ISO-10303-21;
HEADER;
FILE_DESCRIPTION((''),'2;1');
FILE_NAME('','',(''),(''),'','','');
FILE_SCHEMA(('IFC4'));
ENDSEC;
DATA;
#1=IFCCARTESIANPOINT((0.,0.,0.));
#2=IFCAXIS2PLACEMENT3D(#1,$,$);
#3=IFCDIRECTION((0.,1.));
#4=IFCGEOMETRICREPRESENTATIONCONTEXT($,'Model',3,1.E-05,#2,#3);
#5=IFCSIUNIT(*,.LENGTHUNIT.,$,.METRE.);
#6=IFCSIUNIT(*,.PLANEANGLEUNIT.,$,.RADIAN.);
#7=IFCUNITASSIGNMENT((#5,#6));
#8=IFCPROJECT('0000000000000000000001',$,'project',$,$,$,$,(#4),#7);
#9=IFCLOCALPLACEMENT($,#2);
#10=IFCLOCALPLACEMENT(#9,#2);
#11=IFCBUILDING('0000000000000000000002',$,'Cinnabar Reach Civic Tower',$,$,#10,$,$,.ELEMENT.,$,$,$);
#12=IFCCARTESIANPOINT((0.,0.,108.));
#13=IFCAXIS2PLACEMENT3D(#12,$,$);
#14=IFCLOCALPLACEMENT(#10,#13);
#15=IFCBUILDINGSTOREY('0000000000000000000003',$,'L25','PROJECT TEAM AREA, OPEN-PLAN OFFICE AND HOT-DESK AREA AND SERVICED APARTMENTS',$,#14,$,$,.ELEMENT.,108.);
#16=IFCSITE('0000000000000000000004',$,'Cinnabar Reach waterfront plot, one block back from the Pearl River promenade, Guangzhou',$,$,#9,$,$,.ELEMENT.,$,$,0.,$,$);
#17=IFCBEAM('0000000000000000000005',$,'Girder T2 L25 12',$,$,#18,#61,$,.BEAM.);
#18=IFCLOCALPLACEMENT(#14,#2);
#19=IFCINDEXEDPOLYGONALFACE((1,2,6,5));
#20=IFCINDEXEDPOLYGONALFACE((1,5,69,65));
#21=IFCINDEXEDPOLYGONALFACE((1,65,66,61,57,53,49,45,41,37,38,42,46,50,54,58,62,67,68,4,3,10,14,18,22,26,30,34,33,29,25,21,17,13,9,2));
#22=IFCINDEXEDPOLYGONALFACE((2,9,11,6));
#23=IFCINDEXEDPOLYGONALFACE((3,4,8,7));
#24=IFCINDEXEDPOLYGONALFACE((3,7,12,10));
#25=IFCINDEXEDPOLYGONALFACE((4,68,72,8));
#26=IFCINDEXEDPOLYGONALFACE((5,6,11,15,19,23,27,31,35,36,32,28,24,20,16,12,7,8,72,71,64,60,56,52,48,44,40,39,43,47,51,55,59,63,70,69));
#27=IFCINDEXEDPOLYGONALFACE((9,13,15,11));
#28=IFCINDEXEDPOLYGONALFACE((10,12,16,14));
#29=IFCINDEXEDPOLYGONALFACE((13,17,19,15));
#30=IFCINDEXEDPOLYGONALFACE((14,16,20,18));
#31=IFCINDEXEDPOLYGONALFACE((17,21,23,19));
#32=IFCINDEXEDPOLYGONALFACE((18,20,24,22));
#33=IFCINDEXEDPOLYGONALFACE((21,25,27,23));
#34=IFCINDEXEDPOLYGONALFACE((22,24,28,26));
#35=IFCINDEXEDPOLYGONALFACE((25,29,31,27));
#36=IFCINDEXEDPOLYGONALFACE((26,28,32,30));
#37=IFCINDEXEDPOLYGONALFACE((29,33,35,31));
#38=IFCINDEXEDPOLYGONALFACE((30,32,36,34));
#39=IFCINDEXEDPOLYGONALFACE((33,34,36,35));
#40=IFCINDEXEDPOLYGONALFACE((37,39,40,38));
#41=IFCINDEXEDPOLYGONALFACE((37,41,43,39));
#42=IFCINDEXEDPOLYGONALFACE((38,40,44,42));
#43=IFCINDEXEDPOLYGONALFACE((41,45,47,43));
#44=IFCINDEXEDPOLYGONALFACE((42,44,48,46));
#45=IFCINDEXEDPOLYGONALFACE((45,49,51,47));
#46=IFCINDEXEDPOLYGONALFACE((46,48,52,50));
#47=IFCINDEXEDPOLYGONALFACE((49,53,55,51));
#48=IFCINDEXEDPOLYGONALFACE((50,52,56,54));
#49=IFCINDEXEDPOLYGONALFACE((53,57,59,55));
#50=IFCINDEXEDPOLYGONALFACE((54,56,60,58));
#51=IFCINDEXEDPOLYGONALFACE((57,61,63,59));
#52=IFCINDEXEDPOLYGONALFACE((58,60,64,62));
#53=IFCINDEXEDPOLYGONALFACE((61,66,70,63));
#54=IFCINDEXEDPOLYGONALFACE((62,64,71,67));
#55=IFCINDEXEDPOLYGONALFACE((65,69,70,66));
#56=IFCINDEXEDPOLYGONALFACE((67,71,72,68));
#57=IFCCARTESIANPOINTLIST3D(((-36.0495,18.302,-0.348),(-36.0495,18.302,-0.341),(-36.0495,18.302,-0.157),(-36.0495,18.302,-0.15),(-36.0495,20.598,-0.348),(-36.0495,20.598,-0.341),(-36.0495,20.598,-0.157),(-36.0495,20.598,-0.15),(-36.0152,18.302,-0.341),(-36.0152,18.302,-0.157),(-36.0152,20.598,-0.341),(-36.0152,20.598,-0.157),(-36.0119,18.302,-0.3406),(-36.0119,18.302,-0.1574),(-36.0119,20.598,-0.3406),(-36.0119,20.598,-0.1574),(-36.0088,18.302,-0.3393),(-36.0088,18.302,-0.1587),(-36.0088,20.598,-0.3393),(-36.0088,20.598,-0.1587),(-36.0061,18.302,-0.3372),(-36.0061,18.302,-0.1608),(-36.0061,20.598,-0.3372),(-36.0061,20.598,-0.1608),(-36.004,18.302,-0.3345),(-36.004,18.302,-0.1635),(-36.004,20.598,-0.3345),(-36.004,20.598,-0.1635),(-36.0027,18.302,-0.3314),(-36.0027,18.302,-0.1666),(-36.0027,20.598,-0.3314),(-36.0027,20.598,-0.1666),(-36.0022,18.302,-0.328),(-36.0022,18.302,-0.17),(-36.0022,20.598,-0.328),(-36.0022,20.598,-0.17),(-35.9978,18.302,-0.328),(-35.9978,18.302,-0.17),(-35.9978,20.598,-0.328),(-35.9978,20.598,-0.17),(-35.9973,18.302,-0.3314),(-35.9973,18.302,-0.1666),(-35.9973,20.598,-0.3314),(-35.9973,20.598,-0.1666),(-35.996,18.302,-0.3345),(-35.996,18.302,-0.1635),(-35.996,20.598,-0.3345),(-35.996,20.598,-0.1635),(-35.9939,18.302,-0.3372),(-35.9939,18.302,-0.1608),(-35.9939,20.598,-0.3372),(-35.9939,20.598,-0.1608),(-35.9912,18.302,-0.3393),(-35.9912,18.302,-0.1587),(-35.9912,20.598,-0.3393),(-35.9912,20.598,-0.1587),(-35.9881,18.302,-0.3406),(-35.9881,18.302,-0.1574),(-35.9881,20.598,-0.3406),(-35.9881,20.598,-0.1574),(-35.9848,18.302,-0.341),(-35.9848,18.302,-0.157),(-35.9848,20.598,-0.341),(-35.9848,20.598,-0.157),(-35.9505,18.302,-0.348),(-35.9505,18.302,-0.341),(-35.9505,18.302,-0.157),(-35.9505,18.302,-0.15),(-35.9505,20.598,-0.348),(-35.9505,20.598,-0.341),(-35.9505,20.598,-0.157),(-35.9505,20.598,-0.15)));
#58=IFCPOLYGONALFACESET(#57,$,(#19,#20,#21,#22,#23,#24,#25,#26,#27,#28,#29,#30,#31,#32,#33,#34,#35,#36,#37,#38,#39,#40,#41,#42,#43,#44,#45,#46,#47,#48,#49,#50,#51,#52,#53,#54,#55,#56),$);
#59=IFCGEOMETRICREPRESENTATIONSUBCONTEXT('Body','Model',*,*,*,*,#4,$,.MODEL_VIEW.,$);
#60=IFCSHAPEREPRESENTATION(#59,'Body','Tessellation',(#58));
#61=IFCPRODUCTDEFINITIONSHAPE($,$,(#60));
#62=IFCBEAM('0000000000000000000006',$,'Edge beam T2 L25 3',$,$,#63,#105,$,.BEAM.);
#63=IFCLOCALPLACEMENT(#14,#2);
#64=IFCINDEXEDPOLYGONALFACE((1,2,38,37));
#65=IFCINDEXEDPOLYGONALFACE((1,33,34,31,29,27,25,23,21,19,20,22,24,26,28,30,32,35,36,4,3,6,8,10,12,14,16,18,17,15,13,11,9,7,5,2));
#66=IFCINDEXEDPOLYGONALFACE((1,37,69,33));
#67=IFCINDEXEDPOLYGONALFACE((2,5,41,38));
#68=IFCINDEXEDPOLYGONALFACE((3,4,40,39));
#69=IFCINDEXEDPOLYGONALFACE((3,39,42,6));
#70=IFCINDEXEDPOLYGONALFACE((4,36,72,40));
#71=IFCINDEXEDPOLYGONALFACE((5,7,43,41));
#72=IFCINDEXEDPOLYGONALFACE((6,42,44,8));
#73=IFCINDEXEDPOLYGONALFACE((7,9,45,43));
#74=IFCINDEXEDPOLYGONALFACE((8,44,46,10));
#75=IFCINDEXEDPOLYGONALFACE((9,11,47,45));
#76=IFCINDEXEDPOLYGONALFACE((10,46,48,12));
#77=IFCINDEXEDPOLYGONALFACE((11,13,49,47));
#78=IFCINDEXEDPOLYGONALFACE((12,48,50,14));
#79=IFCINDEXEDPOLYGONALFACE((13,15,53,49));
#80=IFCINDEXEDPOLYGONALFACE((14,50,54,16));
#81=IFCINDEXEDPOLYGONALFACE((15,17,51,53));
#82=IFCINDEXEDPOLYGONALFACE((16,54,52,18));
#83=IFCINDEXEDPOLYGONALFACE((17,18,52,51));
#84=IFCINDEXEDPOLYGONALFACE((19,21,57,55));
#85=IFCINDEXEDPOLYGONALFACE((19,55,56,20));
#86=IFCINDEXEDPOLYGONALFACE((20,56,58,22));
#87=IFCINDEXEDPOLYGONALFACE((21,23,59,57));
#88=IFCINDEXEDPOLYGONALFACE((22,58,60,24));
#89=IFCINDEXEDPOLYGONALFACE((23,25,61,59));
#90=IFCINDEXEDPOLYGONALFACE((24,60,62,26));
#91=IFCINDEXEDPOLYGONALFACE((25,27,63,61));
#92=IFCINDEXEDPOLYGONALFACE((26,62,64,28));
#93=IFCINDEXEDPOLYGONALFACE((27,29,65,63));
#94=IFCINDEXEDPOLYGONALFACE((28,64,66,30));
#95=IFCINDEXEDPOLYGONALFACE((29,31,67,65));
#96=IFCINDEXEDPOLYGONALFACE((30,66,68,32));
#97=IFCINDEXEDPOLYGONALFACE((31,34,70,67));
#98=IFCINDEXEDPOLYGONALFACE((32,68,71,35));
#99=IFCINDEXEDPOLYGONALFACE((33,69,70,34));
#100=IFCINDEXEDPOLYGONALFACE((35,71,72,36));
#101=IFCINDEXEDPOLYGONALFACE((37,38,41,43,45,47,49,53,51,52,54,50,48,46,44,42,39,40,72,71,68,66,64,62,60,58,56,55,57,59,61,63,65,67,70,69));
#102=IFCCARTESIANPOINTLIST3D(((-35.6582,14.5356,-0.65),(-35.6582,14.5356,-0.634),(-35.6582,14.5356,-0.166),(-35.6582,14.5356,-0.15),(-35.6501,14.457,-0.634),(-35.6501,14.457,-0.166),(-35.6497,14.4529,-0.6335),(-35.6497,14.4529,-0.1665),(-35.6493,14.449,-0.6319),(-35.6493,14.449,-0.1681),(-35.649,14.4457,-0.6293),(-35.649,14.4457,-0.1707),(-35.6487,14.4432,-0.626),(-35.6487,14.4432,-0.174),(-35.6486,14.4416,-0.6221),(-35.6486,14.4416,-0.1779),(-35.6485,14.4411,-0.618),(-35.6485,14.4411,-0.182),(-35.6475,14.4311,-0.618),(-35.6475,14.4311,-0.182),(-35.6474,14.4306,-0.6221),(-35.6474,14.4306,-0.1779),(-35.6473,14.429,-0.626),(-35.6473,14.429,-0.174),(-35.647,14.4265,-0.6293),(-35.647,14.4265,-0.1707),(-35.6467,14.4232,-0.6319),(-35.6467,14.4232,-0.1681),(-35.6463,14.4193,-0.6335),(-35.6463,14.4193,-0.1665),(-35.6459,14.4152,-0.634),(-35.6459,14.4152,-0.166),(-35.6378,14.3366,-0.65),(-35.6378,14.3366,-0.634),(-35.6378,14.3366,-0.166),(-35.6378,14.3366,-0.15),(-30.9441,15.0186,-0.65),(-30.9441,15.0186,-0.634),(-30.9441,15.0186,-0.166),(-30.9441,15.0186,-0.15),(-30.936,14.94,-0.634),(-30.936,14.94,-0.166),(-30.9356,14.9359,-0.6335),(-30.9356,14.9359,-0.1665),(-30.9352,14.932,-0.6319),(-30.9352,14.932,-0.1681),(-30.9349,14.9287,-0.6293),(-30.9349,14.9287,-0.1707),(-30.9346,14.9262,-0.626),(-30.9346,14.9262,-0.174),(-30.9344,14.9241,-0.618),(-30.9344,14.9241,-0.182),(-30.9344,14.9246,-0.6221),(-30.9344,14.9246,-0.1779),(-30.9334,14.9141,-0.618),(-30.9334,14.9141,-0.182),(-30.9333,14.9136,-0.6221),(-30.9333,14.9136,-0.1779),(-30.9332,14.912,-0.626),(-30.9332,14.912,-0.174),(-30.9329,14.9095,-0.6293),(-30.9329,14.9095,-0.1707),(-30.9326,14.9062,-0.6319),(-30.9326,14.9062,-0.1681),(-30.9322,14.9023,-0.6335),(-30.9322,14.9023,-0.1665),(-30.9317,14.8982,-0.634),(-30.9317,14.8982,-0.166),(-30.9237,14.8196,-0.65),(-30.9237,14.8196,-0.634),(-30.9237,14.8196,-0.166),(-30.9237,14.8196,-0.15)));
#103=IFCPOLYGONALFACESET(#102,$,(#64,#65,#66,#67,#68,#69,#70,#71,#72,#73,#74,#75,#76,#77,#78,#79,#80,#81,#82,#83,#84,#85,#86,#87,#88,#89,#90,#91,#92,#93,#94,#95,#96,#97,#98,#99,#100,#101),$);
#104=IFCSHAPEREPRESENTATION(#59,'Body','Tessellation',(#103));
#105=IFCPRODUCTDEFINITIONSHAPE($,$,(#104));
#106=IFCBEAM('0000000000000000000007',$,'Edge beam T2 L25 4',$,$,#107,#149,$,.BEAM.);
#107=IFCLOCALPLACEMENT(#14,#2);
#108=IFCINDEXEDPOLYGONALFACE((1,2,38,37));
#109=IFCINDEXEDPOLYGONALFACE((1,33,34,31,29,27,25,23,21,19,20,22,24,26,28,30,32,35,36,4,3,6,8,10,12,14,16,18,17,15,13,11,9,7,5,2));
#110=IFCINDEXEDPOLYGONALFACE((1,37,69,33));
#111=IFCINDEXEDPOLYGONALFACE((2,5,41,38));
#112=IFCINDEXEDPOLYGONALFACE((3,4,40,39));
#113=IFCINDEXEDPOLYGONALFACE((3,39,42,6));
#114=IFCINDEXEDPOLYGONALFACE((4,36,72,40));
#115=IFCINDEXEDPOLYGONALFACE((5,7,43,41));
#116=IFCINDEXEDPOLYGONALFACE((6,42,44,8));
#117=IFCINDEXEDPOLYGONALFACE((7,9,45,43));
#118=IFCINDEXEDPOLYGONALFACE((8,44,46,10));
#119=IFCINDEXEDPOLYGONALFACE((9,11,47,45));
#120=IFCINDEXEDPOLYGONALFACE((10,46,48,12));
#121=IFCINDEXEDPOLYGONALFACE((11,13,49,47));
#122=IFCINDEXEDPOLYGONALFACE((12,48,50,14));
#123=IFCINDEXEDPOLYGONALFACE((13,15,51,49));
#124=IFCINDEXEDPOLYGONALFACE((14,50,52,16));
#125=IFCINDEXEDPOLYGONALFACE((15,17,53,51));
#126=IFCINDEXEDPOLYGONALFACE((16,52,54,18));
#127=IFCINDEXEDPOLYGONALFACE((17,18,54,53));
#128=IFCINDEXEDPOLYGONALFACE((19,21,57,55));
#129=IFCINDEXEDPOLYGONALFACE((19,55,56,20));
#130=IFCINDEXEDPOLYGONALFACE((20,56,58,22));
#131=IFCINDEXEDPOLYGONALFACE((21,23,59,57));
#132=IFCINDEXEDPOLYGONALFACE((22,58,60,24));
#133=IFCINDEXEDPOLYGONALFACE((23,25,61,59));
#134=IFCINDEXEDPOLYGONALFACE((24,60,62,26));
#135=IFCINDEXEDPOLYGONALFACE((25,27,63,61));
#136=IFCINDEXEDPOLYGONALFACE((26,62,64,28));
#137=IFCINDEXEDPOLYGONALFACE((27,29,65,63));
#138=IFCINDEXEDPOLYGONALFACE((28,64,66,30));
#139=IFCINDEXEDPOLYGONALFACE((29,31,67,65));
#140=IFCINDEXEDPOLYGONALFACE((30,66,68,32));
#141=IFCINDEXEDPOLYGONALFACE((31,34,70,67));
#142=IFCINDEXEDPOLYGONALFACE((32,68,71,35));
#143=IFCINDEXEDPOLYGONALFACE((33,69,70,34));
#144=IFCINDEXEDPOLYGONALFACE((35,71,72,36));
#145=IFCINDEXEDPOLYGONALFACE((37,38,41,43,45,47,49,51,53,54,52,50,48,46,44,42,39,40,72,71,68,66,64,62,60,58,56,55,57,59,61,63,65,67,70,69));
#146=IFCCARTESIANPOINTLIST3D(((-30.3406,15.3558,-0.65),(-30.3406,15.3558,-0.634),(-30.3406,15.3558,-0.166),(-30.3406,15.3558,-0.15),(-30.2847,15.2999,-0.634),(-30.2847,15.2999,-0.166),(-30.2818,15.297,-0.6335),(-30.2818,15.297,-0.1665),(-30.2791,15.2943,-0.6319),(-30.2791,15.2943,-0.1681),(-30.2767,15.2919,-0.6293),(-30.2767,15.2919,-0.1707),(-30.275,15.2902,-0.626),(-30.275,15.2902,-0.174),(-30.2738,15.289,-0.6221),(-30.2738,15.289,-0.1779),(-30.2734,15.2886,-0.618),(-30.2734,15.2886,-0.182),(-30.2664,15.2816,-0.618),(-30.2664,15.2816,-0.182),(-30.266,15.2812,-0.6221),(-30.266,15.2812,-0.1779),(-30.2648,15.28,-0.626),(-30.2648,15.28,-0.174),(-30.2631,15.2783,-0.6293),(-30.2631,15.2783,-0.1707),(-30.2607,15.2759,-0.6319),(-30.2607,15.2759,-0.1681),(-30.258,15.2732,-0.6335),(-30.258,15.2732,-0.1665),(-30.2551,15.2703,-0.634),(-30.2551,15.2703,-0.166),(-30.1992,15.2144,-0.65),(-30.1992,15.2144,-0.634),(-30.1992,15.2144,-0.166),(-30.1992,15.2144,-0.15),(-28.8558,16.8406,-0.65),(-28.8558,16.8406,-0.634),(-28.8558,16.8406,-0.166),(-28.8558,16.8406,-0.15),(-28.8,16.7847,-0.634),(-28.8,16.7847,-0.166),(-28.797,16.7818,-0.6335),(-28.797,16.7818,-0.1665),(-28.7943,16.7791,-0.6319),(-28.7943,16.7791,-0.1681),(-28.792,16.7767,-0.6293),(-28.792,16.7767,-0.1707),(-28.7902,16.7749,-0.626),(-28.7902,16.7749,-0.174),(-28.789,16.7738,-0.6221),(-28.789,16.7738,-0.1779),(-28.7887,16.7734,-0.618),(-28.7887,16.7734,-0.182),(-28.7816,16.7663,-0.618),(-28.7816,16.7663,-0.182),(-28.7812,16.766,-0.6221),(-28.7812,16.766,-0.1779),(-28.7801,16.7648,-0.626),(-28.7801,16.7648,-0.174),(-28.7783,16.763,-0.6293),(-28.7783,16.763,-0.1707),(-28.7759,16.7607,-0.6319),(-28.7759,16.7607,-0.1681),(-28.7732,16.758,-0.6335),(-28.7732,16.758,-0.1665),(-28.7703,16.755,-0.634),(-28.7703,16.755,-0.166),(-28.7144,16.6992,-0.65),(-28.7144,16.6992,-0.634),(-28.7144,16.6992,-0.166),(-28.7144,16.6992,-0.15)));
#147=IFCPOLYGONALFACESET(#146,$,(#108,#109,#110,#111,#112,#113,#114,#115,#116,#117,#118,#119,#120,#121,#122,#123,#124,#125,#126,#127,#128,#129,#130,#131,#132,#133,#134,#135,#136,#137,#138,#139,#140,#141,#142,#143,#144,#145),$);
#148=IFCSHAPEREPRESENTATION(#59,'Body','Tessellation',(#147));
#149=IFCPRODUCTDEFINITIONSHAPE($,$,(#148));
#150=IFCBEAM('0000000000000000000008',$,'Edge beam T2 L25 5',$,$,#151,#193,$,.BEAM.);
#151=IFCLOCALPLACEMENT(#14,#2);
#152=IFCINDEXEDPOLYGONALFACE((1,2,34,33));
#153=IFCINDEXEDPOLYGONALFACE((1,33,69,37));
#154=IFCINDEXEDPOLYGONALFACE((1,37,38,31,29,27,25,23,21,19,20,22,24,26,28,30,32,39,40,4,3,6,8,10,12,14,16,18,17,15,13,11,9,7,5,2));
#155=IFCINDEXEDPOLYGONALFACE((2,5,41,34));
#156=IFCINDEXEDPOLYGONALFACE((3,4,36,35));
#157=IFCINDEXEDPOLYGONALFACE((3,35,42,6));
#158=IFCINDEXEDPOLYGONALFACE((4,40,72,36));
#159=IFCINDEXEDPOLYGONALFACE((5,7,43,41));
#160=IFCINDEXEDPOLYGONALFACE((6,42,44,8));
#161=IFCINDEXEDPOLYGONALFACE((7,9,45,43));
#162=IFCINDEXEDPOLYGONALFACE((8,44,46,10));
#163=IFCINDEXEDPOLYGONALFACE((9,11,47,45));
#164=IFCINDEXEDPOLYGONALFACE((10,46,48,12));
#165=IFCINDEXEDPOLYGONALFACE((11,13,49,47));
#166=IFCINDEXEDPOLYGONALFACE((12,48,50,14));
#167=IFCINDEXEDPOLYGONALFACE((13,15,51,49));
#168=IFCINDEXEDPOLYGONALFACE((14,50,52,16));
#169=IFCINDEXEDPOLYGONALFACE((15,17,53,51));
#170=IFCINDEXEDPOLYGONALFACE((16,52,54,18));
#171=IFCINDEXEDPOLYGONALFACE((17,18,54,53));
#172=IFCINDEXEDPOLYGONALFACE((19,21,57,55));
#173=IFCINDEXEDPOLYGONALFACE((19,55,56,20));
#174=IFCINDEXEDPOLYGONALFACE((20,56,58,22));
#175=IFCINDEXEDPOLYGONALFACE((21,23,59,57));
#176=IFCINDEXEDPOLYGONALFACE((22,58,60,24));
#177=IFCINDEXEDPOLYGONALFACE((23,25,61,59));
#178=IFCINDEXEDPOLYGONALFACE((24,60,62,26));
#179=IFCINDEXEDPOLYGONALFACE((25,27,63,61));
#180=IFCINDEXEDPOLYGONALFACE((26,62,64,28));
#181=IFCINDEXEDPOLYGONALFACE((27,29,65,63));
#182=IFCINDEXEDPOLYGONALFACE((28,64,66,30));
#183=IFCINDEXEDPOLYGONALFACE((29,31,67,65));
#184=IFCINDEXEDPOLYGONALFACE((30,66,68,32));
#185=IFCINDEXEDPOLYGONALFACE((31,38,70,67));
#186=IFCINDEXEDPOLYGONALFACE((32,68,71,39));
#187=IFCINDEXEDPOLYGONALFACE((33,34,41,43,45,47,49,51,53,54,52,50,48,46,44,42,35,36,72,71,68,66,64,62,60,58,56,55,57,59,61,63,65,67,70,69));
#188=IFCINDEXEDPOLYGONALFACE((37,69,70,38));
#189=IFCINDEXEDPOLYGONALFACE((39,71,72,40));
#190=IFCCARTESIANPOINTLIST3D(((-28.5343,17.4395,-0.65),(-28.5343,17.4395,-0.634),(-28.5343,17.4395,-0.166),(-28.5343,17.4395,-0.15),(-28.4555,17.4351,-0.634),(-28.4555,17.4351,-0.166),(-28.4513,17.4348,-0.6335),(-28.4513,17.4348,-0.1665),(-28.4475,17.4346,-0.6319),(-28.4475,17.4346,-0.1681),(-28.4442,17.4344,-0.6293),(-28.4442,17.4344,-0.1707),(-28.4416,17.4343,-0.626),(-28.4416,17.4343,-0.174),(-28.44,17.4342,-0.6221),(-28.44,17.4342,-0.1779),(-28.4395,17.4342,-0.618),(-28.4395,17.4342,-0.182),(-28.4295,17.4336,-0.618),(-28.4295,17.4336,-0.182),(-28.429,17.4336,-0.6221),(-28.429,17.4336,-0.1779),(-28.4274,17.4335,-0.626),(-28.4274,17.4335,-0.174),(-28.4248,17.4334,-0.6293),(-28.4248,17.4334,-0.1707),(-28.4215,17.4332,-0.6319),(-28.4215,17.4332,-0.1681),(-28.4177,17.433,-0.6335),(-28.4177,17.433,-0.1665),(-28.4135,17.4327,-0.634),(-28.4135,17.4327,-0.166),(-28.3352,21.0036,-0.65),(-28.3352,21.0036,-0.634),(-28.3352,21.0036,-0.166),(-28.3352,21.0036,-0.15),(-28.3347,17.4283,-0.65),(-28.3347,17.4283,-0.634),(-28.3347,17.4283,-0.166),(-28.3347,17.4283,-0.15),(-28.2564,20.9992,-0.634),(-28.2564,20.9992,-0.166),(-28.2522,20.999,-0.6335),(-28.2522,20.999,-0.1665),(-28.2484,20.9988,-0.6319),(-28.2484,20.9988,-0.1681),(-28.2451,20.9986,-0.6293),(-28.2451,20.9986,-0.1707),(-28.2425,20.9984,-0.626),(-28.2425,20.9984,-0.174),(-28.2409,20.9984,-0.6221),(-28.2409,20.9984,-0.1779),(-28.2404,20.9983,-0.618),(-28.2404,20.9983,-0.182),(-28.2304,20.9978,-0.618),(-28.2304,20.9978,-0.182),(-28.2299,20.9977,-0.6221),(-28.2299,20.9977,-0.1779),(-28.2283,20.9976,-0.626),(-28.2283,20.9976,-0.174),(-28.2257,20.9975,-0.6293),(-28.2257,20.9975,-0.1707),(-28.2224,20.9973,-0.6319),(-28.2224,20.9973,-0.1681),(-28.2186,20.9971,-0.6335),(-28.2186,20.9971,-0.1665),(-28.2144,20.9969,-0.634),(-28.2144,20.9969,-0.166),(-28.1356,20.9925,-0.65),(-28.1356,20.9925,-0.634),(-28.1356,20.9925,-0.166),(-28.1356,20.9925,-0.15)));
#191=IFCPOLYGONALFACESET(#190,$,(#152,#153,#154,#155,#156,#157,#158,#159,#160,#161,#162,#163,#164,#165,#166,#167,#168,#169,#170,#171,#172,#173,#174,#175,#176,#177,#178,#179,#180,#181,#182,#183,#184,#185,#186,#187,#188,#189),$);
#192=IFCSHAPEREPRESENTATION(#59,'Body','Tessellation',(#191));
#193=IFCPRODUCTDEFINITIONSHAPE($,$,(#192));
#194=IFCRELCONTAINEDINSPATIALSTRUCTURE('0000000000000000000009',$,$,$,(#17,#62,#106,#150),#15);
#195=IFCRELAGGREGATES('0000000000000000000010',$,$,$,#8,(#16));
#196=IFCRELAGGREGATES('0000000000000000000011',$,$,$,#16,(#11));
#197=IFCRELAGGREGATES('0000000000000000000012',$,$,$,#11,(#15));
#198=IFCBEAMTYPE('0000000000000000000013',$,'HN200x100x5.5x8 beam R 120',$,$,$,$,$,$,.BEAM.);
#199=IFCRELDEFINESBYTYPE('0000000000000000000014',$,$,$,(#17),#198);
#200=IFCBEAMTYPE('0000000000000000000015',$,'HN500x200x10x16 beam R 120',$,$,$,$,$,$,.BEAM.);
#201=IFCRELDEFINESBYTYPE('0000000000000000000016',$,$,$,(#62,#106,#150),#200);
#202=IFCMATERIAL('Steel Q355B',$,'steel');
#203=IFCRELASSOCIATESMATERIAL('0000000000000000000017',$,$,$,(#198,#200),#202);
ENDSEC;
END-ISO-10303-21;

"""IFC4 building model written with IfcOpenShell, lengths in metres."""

from ifc_helpers import new_model, si_unit, direction, frame, origin, origin_2d, place, context, subcontext, project, spatial, i_section, extrude, material, material_profile, profile_set, type_object, element, save


model = new_model("IFC4")

# Units and contexts
model_context = context("Model", 3, precision=1e-05, world=origin(), true_north=direction((0.0, 1.0)))
body_context = subcontext(model_context, "Body", "Model", "MODEL_VIEW")
ifc_project = project(units=[si_unit("LENGTHUNIT", "METRE"), si_unit("PLANEANGLEUNIT", "RADIAN")], contexts=[model_context])

# Site, building, storey
site_placement = place(None, origin())
site = spatial("IfcSite", under=ifc_project, at=site_placement, Name="Cinnabar Reach waterfront plot, one block back from the Pearl River promenade, Guangzhou", CompositionType="ELEMENT", RefElevation=0.0)
building_placement = place(site_placement, origin())
building = spatial("IfcBuilding", under=site, at=building_placement, Name="Cinnabar Reach Civic Tower", CompositionType="ELEMENT")
storey_placement = place(building_placement, frame((0.0, 0.0, 108.0)))
storey = spatial("IfcBuildingStorey", under=building, at=storey_placement, Name="L25", Description="PROJECT TEAM AREA, OPEN-PLAN OFFICE AND HOT-DESK AREA AND SERVICED APARTMENTS", CompositionType="ELEMENT", Elevation=108.0)

# Beams
ifc_material_1 = material(Name="Steel Q355B", Category="steel")
ifc_material_profile_1 = material_profile(ifc_material_1, i_section(OverallWidth=0.099, OverallDepth=0.198, WebThickness=0.0045, FlangeThickness=0.007, FilletRadius=0.013, at=origin_2d()), Name="HN200x100x5.5x8")
ifc_profile_set_1 = profile_set([ifc_material_profile_1], Name="Steel Q355B")
beam_type_1 = type_object("IfcBeamType", Name="HN200x100x5.5x8 beam R 120", PredefinedType="BEAM", material=ifc_profile_set_1)
beam_1_placement = place(storey_placement, frame((-36.0, 18.302, -0.249), z_axis=(0.0, 1.0, 0.0), x_axis=(-1.0, 0.0, 0.0)))
element("IfcBeam", 1, at=beam_1_placement, inside=storey, type_object=beam_type_1, Name="Girder T2 L25 12", PredefinedType="BEAM", context=body_context, shape_type="SweptSolid", body=[
    extrude(i_section(OverallWidth=0.099, OverallDepth=0.198, WebThickness=0.0045, FlangeThickness=0.007, FilletRadius=0.013, at=origin_2d()), origin(), (0.0, 0.0, 1.0), 2.296),
])
ifc_material_profile_2 = material_profile(ifc_material_1, i_section(OverallWidth=0.2, OverallDepth=0.5, WebThickness=0.01, FlangeThickness=0.016, FilletRadius=0.016, at=origin_2d()), Name="HN500x200x10x16")
ifc_profile_set_2 = profile_set([ifc_material_profile_2], Name="Steel Q355B")
beam_type_2 = type_object("IfcBeamType", Name="HN500x200x10x16 beam R 120", PredefinedType="BEAM", material=ifc_profile_set_2)
beam_2_placement = place(storey_placement, frame((-35.648, 14.4361, -0.4), z_axis=(0.994792, 0.101925, 0.0), x_axis=(-0.101925, 0.994792, 0.0)))
element("IfcBeam", 2, at=beam_2_placement, inside=storey, type_object=beam_type_2, Name="Edge beam T2 L25 3", PredefinedType="BEAM", context=body_context, shape_type="SweptSolid", body=[
    extrude(i_section(OverallWidth=0.2, OverallDepth=0.5, WebThickness=0.01, FlangeThickness=0.016, FilletRadius=0.016, at=origin_2d()), origin(), (0.0, 0.0, 1.0), 4.7388),
])
beam_3_placement = place(storey_placement, frame((-30.2699, 15.2851, -0.4), z_axis=(0.707107, 0.707107, 0.0), x_axis=(-0.707107, 0.707107, 0.0)))
element("IfcBeam", 3, at=beam_3_placement, inside=storey, type_object=beam_type_2, Name="Edge beam T2 L25 4", PredefinedType="BEAM", context=body_context, shape_type="SweptSolid", body=[
    extrude(i_section(OverallWidth=0.2, OverallDepth=0.5, WebThickness=0.01, FlangeThickness=0.016, FilletRadius=0.016, at=origin_2d()), origin(), (0.0, 0.0, 1.0), 2.0998),
])
beam_4_placement = place(storey_placement, frame((-28.4345, 17.4339, -0.4), z_axis=(0.055776, 0.998443, 0.0), x_axis=(-0.998443, 0.055776, 0.0)))
element("IfcBeam", 4, at=beam_4_placement, inside=storey, type_object=beam_type_2, Name="Edge beam T2 L25 5", PredefinedType="BEAM", context=body_context, shape_type="SweptSolid", body=[
    extrude(i_section(OverallWidth=0.2, OverallDepth=0.5, WebThickness=0.01, FlangeThickness=0.016, FilletRadius=0.016, at=origin_2d()), origin(), (0.0, 0.0, 1.0), 3.5697),
])

save(model, "model.ifc")
